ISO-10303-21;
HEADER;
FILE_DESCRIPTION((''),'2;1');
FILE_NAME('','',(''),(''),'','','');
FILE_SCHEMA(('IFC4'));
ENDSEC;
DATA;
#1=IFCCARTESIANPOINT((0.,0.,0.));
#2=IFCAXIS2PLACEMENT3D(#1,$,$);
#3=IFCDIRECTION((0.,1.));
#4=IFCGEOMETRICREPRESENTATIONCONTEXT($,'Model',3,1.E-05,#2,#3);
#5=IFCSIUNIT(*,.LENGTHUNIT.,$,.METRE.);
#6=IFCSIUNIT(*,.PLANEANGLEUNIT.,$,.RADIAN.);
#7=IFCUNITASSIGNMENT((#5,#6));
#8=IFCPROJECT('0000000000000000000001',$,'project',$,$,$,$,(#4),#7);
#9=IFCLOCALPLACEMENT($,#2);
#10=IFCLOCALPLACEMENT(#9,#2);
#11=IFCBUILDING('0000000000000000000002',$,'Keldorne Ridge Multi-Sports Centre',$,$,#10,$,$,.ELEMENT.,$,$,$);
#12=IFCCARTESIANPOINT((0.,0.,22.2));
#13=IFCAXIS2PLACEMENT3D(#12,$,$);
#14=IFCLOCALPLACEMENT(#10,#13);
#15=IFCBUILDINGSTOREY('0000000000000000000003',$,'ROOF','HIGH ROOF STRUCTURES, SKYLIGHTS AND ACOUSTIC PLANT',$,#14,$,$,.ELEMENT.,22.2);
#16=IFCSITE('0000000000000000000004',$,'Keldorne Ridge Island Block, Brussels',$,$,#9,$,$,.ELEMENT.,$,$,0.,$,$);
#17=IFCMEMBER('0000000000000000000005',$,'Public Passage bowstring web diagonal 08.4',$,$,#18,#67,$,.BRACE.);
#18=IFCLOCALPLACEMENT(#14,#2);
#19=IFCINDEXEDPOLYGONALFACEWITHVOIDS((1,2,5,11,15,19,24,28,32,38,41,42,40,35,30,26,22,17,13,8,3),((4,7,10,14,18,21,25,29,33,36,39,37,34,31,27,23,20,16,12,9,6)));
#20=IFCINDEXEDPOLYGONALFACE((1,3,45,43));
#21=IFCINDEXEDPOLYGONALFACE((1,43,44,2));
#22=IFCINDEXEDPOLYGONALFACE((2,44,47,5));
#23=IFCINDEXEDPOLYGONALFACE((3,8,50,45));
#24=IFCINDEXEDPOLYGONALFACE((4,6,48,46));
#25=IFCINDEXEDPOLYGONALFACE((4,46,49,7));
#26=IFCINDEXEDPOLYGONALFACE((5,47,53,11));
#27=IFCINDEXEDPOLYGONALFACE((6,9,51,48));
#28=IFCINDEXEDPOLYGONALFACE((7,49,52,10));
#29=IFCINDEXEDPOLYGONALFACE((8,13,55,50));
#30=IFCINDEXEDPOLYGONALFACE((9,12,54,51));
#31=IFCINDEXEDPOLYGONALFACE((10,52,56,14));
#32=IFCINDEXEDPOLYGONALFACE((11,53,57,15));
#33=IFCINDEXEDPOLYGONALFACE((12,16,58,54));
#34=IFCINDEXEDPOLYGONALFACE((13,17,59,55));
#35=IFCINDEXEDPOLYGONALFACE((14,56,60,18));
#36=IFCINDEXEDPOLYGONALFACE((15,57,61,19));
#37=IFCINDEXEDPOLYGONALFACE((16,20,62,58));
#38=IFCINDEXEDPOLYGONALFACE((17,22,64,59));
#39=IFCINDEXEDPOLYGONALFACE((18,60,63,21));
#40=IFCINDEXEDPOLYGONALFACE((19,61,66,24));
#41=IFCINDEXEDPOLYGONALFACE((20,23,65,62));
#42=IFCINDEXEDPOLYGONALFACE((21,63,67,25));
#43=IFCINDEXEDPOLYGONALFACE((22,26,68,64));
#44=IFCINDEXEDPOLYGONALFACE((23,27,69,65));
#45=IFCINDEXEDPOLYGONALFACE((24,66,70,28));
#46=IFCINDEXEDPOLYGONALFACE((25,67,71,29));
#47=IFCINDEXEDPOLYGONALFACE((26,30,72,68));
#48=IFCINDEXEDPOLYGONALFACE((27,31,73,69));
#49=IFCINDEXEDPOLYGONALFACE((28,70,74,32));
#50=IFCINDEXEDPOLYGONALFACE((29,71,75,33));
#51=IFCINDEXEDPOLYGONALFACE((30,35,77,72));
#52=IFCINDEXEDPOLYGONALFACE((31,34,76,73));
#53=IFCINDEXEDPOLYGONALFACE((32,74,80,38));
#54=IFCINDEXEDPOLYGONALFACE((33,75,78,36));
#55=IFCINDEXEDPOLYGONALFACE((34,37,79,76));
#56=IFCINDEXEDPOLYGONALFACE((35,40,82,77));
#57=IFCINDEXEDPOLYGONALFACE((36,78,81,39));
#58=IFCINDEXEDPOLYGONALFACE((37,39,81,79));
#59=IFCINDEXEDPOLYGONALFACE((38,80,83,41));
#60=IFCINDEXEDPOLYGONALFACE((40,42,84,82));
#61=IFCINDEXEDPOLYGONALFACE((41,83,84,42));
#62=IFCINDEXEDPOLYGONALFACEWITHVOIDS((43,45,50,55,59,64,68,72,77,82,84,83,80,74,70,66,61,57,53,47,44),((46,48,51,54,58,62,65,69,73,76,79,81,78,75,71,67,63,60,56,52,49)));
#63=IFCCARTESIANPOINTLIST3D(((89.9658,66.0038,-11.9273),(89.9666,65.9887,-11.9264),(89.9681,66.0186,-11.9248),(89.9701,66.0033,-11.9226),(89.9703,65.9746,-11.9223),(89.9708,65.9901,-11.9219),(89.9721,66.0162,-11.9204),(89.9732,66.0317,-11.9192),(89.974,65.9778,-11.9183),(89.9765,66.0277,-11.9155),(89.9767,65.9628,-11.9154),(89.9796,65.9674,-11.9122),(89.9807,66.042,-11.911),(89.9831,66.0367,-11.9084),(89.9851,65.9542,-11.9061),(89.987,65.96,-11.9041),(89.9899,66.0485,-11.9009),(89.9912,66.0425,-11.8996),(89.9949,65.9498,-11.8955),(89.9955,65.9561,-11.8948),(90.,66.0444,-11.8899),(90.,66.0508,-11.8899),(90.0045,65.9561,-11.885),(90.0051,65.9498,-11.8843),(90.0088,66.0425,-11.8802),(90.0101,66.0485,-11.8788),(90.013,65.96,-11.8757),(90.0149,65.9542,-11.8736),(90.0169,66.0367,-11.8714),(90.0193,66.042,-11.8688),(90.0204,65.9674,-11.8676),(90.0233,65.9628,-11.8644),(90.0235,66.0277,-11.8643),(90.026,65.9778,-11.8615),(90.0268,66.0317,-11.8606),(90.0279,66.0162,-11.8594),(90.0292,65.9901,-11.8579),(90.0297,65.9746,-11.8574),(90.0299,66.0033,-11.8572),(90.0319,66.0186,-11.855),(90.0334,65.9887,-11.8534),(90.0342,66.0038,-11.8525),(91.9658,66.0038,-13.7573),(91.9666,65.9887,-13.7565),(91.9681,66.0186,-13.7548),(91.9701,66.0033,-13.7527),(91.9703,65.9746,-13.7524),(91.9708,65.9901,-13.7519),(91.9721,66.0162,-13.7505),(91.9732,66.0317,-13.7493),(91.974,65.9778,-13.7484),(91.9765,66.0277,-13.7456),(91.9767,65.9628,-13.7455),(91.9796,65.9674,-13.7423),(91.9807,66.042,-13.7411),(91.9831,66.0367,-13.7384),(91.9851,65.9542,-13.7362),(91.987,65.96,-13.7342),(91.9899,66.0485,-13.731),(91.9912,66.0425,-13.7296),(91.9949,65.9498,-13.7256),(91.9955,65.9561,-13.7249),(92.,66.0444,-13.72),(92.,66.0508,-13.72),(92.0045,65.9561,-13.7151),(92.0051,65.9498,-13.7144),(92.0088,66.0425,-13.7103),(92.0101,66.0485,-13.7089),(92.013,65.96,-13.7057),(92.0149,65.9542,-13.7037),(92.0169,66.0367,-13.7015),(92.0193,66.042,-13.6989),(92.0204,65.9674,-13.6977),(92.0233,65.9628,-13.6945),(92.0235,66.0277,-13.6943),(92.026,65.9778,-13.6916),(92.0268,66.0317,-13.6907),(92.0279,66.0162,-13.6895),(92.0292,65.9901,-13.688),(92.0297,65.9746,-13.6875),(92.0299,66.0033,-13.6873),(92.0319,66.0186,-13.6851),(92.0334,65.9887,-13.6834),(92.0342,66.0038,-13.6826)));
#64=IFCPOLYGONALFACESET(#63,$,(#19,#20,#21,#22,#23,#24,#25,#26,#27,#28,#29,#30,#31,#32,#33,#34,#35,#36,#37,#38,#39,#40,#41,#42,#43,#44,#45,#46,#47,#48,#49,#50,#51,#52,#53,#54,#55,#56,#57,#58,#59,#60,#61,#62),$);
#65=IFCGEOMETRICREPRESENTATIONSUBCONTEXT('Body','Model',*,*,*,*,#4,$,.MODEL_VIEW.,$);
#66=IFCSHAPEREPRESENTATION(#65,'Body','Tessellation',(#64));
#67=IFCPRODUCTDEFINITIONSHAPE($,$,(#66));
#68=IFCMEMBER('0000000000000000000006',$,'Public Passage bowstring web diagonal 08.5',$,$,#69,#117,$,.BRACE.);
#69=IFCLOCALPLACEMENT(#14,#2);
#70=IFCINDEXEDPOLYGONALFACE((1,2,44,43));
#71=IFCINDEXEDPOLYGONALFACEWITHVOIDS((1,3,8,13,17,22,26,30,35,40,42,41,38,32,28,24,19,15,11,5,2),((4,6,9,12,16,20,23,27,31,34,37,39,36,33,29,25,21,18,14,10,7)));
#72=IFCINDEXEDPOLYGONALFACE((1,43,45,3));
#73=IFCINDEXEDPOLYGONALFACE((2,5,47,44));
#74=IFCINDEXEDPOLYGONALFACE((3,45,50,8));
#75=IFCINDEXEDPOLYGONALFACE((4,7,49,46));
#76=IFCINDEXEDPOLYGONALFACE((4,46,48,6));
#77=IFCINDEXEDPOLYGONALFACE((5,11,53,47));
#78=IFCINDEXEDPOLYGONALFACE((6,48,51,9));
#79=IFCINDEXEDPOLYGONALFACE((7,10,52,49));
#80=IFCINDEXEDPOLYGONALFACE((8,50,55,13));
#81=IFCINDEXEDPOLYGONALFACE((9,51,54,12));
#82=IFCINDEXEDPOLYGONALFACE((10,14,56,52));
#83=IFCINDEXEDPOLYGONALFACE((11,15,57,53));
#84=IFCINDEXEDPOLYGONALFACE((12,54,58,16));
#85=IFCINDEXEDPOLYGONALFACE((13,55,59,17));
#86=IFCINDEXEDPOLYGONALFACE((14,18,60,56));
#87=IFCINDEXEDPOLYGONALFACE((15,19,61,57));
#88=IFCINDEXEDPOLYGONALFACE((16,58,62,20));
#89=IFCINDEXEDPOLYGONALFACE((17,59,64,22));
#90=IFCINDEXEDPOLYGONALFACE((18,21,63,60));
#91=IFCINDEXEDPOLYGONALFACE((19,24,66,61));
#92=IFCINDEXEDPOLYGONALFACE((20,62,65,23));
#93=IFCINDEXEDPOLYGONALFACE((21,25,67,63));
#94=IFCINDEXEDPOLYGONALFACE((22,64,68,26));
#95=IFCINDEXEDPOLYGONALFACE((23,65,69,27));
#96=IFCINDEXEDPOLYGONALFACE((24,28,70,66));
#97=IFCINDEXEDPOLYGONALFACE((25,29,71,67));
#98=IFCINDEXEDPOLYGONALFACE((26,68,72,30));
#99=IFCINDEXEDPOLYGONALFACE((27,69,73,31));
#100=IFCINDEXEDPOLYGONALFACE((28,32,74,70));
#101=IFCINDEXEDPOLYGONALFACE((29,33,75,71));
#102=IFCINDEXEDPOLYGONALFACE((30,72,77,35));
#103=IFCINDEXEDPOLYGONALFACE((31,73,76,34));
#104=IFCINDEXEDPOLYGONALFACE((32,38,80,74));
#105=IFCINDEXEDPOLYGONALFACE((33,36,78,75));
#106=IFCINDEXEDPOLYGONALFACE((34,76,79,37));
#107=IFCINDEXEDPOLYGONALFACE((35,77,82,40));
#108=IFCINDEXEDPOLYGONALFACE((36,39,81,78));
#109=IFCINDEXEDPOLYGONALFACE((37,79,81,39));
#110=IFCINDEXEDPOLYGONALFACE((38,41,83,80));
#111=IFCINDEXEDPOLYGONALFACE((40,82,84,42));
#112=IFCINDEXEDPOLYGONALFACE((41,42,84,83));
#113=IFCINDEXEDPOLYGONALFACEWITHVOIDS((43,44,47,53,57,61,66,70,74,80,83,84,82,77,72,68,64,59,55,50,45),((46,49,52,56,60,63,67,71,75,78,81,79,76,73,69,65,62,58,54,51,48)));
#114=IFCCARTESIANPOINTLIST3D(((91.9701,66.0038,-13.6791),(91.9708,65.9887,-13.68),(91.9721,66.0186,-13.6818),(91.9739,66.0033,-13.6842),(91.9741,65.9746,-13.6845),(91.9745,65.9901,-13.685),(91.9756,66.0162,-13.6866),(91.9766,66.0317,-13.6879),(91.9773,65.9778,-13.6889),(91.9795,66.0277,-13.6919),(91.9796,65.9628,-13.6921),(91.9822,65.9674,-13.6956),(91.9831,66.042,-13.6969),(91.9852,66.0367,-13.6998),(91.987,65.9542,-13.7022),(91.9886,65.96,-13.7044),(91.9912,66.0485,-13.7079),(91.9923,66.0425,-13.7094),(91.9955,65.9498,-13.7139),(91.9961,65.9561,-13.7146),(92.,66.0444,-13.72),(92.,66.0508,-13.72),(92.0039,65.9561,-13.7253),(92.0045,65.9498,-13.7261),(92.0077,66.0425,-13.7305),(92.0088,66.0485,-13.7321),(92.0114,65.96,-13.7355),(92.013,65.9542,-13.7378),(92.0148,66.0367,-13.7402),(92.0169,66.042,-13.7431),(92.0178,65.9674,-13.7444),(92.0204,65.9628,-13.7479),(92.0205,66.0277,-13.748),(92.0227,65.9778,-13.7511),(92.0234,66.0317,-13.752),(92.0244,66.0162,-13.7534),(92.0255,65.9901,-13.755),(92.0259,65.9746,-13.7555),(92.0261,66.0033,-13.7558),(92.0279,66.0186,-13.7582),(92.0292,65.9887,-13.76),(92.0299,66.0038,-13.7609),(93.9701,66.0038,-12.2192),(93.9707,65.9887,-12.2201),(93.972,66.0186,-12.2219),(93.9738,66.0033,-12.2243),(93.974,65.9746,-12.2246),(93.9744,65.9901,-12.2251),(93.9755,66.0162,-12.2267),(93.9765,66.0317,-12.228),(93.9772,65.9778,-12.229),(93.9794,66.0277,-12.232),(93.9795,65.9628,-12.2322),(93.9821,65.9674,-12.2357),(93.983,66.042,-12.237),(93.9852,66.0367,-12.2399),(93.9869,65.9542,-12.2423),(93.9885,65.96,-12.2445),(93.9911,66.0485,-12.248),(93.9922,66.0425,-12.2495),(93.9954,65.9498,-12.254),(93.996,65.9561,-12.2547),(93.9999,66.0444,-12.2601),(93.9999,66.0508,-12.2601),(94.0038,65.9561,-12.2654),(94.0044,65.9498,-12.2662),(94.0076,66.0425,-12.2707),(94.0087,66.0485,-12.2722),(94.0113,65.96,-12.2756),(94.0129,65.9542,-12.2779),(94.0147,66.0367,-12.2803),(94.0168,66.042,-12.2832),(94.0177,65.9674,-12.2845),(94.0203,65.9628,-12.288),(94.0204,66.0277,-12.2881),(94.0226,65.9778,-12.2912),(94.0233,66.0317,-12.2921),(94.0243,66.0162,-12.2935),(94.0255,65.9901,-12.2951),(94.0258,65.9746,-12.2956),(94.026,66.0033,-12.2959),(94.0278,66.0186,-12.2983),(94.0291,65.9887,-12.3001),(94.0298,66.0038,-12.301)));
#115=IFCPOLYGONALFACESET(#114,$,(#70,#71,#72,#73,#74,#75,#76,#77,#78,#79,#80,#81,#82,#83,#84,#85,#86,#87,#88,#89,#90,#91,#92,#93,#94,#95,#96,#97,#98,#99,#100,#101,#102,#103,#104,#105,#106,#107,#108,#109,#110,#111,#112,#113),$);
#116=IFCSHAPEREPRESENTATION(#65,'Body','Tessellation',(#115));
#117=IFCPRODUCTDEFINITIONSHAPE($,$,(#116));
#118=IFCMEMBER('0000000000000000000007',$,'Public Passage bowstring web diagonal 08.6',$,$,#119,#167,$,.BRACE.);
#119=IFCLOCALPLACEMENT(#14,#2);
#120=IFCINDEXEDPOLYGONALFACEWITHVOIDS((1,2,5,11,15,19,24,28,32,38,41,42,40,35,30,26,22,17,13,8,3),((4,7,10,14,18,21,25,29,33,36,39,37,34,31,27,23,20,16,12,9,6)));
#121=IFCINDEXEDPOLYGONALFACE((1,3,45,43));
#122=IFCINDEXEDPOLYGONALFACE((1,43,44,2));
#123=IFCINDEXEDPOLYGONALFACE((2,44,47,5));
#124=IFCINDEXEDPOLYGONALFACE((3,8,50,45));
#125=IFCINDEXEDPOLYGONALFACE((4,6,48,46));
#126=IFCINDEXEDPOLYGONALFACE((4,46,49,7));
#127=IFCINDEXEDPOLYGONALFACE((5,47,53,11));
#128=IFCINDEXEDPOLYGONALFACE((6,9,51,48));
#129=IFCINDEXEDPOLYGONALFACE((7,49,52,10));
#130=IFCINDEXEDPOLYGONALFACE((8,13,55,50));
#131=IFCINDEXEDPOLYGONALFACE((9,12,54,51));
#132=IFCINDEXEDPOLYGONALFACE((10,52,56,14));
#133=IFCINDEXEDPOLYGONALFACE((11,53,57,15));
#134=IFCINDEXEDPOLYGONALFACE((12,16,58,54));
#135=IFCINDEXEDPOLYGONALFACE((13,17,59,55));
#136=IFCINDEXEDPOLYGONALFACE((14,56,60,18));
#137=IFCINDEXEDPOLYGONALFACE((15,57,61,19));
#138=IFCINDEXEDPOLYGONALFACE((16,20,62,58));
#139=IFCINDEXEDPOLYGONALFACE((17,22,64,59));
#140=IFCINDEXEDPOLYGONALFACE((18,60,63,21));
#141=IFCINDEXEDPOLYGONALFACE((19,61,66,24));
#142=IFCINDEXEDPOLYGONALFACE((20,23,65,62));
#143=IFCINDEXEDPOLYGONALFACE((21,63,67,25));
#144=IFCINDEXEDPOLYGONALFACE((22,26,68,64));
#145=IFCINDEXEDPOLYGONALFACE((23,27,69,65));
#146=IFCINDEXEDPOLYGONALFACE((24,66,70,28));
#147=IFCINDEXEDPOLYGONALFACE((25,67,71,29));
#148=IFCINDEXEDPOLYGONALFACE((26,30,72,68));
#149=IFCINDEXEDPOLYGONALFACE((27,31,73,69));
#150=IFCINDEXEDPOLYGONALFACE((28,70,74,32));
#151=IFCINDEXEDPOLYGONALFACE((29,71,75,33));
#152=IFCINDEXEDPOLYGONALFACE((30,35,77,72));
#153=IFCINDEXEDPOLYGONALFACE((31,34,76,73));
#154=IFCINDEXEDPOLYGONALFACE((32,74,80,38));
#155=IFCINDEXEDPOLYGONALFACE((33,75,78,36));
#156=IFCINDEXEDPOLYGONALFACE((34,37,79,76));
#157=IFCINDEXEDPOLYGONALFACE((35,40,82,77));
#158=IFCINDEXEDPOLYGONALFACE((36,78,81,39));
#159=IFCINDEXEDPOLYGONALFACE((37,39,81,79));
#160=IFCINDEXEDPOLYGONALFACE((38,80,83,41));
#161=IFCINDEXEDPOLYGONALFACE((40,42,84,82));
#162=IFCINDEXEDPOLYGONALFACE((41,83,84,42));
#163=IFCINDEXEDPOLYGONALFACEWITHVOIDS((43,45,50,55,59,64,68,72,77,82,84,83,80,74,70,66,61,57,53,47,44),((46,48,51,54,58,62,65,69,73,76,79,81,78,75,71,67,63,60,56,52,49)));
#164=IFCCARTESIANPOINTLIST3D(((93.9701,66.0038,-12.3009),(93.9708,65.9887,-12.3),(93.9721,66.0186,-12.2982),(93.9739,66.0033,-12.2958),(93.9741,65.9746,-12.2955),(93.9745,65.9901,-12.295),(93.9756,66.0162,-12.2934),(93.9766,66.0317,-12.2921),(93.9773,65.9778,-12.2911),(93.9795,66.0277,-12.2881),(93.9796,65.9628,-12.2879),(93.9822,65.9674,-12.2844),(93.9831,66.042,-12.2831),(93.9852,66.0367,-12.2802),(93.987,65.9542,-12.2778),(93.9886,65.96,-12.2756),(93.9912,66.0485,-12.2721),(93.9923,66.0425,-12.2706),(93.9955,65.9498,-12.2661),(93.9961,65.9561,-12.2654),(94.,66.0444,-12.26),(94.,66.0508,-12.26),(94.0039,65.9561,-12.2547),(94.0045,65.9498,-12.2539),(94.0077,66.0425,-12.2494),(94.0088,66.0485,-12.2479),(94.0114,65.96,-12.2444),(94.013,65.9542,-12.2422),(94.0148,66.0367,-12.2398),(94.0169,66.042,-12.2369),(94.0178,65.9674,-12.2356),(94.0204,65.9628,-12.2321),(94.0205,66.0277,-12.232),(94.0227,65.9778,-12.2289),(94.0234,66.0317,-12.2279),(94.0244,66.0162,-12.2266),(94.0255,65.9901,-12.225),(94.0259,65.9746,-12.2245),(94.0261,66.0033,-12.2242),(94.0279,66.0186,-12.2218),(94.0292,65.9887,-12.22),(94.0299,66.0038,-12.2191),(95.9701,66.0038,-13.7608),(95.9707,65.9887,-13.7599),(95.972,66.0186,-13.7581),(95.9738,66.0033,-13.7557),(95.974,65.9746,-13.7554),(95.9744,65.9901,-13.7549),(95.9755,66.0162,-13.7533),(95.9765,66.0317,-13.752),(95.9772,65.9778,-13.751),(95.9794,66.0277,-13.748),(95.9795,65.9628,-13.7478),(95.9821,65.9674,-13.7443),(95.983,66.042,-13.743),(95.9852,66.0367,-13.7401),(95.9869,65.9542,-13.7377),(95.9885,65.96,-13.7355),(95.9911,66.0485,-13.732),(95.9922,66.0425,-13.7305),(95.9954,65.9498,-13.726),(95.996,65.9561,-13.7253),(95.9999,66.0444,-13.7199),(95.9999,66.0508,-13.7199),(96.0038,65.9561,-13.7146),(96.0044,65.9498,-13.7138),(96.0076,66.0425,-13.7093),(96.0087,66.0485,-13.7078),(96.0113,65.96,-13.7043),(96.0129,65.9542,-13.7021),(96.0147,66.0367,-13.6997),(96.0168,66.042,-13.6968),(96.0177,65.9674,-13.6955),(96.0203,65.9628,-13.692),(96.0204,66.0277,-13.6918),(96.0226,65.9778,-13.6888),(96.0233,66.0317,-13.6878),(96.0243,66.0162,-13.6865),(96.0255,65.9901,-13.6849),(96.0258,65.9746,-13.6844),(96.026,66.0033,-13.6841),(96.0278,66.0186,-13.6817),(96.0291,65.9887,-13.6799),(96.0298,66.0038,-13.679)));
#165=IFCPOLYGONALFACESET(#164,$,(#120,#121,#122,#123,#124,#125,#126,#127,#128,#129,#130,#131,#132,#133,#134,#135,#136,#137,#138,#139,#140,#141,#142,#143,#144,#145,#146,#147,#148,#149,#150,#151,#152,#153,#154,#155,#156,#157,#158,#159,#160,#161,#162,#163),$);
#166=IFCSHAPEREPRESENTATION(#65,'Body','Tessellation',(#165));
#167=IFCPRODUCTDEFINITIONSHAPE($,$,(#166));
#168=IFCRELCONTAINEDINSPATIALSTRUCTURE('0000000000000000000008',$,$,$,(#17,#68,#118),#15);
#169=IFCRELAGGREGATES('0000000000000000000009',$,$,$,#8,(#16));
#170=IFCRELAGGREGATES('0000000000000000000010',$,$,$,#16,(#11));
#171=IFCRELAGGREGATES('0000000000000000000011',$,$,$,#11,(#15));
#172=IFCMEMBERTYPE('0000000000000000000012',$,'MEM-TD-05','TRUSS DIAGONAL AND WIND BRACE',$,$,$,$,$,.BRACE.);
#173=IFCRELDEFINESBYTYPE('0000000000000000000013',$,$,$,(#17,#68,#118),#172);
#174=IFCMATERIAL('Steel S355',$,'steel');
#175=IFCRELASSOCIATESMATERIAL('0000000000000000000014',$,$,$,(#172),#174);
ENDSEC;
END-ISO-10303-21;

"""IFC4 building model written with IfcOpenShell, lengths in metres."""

from ifc_helpers import new_model, si_unit, direction, frame, origin, origin_2d, place, context, subcontext, project, spatial, hollow_circle, extrude, material, material_profile, profile_set, type_object, element, save


model = new_model("IFC4")

# Units and contexts
model_context = context("Model", 3, precision=1e-05, world=origin(), true_north=direction((0.0, 1.0)))
body_context = subcontext(model_context, "Body", "Model", "MODEL_VIEW")
ifc_project = project(units=[si_unit("LENGTHUNIT", "METRE"), si_unit("PLANEANGLEUNIT", "RADIAN")], contexts=[model_context])

# Site, building, storey
site_placement = place(None, origin())
site = spatial("IfcSite", under=ifc_project, at=site_placement, Name="Keldorne Ridge Island Block, Brussels", CompositionType="ELEMENT", RefElevation=0.0)
building_placement = place(site_placement, origin())
building = spatial("IfcBuilding", under=site, at=building_placement, Name="Keldorne Ridge Multi-Sports Centre", CompositionType="ELEMENT")
storey_placement = place(building_placement, frame((0.0, 0.0, 22.2)))
storey = spatial("IfcBuildingStorey", under=building, at=storey_placement, Name="ROOF", Description="HIGH ROOF STRUCTURES, SKYLIGHTS AND ACOUSTIC PLANT", CompositionType="ELEMENT", Elevation=22.2)

# Members
ifc_material = material(Name="Steel S355", Category="steel")
ifc_material_profile_1 = material_profile(ifc_material, hollow_circle(Radius=0.0508, WallThickness=0.0063, at=origin_2d()), Name="CHS 101.6x6.3")
ifc_profile_set_1 = profile_set([ifc_material_profile_1], Name="Steel S355")
member_type_1 = type_object("IfcMemberType", Name="MEM-TD-05", Description="TRUSS DIAGONAL AND WIND BRACE", PredefinedType="BRACE", material=ifc_profile_set_1)
for number, where, z_axis, x_axis, name in (
    (1, (90.0, 66.0, -11.8899), (0.737752, 0.0, -0.675072), (0.0, 1.0, 0.0), "Public Passage bowstring web diagonal 08.4"),
):
    element("IfcMember", number, at=place(storey_placement, frame(where, z_axis=z_axis, x_axis=x_axis)), inside=storey, type_object=member_type_1, Name=name, PredefinedType="BRACE", context=body_context, shape_type="SweptSolid", body=[
        extrude(hollow_circle(Radius=0.0508, WallThickness=0.0063, at=origin_2d()), origin(), (0.0, 0.0, 1.0), 2.7109),
    ])
for number, where, z_axis, x_axis, name in (
    (2, (92.0, 66.0, -13.72), (0.807695, 0.0, 0.589601), (0.0, 1.0, 0.0), "Public Passage bowstring web diagonal 08.5"),
    (3, (94.0, 66.0, -12.26), (0.807695, 0.0, -0.589601), (0.0, 1.0, 0.0), "Public Passage bowstring web diagonal 08.6"),
):
    element("IfcMember", number, at=place(storey_placement, frame(where, z_axis=z_axis, x_axis=x_axis)), inside=storey, type_object=member_type_1, Name=name, PredefinedType="BRACE", context=body_context, shape_type="SweptSolid", body=[
        extrude(hollow_circle(Radius=0.0508, WallThickness=0.0063, at=origin_2d()), origin(), (0.0, 0.0, 1.0), 2.4761),
    ])

save(model, "model.ifc")
